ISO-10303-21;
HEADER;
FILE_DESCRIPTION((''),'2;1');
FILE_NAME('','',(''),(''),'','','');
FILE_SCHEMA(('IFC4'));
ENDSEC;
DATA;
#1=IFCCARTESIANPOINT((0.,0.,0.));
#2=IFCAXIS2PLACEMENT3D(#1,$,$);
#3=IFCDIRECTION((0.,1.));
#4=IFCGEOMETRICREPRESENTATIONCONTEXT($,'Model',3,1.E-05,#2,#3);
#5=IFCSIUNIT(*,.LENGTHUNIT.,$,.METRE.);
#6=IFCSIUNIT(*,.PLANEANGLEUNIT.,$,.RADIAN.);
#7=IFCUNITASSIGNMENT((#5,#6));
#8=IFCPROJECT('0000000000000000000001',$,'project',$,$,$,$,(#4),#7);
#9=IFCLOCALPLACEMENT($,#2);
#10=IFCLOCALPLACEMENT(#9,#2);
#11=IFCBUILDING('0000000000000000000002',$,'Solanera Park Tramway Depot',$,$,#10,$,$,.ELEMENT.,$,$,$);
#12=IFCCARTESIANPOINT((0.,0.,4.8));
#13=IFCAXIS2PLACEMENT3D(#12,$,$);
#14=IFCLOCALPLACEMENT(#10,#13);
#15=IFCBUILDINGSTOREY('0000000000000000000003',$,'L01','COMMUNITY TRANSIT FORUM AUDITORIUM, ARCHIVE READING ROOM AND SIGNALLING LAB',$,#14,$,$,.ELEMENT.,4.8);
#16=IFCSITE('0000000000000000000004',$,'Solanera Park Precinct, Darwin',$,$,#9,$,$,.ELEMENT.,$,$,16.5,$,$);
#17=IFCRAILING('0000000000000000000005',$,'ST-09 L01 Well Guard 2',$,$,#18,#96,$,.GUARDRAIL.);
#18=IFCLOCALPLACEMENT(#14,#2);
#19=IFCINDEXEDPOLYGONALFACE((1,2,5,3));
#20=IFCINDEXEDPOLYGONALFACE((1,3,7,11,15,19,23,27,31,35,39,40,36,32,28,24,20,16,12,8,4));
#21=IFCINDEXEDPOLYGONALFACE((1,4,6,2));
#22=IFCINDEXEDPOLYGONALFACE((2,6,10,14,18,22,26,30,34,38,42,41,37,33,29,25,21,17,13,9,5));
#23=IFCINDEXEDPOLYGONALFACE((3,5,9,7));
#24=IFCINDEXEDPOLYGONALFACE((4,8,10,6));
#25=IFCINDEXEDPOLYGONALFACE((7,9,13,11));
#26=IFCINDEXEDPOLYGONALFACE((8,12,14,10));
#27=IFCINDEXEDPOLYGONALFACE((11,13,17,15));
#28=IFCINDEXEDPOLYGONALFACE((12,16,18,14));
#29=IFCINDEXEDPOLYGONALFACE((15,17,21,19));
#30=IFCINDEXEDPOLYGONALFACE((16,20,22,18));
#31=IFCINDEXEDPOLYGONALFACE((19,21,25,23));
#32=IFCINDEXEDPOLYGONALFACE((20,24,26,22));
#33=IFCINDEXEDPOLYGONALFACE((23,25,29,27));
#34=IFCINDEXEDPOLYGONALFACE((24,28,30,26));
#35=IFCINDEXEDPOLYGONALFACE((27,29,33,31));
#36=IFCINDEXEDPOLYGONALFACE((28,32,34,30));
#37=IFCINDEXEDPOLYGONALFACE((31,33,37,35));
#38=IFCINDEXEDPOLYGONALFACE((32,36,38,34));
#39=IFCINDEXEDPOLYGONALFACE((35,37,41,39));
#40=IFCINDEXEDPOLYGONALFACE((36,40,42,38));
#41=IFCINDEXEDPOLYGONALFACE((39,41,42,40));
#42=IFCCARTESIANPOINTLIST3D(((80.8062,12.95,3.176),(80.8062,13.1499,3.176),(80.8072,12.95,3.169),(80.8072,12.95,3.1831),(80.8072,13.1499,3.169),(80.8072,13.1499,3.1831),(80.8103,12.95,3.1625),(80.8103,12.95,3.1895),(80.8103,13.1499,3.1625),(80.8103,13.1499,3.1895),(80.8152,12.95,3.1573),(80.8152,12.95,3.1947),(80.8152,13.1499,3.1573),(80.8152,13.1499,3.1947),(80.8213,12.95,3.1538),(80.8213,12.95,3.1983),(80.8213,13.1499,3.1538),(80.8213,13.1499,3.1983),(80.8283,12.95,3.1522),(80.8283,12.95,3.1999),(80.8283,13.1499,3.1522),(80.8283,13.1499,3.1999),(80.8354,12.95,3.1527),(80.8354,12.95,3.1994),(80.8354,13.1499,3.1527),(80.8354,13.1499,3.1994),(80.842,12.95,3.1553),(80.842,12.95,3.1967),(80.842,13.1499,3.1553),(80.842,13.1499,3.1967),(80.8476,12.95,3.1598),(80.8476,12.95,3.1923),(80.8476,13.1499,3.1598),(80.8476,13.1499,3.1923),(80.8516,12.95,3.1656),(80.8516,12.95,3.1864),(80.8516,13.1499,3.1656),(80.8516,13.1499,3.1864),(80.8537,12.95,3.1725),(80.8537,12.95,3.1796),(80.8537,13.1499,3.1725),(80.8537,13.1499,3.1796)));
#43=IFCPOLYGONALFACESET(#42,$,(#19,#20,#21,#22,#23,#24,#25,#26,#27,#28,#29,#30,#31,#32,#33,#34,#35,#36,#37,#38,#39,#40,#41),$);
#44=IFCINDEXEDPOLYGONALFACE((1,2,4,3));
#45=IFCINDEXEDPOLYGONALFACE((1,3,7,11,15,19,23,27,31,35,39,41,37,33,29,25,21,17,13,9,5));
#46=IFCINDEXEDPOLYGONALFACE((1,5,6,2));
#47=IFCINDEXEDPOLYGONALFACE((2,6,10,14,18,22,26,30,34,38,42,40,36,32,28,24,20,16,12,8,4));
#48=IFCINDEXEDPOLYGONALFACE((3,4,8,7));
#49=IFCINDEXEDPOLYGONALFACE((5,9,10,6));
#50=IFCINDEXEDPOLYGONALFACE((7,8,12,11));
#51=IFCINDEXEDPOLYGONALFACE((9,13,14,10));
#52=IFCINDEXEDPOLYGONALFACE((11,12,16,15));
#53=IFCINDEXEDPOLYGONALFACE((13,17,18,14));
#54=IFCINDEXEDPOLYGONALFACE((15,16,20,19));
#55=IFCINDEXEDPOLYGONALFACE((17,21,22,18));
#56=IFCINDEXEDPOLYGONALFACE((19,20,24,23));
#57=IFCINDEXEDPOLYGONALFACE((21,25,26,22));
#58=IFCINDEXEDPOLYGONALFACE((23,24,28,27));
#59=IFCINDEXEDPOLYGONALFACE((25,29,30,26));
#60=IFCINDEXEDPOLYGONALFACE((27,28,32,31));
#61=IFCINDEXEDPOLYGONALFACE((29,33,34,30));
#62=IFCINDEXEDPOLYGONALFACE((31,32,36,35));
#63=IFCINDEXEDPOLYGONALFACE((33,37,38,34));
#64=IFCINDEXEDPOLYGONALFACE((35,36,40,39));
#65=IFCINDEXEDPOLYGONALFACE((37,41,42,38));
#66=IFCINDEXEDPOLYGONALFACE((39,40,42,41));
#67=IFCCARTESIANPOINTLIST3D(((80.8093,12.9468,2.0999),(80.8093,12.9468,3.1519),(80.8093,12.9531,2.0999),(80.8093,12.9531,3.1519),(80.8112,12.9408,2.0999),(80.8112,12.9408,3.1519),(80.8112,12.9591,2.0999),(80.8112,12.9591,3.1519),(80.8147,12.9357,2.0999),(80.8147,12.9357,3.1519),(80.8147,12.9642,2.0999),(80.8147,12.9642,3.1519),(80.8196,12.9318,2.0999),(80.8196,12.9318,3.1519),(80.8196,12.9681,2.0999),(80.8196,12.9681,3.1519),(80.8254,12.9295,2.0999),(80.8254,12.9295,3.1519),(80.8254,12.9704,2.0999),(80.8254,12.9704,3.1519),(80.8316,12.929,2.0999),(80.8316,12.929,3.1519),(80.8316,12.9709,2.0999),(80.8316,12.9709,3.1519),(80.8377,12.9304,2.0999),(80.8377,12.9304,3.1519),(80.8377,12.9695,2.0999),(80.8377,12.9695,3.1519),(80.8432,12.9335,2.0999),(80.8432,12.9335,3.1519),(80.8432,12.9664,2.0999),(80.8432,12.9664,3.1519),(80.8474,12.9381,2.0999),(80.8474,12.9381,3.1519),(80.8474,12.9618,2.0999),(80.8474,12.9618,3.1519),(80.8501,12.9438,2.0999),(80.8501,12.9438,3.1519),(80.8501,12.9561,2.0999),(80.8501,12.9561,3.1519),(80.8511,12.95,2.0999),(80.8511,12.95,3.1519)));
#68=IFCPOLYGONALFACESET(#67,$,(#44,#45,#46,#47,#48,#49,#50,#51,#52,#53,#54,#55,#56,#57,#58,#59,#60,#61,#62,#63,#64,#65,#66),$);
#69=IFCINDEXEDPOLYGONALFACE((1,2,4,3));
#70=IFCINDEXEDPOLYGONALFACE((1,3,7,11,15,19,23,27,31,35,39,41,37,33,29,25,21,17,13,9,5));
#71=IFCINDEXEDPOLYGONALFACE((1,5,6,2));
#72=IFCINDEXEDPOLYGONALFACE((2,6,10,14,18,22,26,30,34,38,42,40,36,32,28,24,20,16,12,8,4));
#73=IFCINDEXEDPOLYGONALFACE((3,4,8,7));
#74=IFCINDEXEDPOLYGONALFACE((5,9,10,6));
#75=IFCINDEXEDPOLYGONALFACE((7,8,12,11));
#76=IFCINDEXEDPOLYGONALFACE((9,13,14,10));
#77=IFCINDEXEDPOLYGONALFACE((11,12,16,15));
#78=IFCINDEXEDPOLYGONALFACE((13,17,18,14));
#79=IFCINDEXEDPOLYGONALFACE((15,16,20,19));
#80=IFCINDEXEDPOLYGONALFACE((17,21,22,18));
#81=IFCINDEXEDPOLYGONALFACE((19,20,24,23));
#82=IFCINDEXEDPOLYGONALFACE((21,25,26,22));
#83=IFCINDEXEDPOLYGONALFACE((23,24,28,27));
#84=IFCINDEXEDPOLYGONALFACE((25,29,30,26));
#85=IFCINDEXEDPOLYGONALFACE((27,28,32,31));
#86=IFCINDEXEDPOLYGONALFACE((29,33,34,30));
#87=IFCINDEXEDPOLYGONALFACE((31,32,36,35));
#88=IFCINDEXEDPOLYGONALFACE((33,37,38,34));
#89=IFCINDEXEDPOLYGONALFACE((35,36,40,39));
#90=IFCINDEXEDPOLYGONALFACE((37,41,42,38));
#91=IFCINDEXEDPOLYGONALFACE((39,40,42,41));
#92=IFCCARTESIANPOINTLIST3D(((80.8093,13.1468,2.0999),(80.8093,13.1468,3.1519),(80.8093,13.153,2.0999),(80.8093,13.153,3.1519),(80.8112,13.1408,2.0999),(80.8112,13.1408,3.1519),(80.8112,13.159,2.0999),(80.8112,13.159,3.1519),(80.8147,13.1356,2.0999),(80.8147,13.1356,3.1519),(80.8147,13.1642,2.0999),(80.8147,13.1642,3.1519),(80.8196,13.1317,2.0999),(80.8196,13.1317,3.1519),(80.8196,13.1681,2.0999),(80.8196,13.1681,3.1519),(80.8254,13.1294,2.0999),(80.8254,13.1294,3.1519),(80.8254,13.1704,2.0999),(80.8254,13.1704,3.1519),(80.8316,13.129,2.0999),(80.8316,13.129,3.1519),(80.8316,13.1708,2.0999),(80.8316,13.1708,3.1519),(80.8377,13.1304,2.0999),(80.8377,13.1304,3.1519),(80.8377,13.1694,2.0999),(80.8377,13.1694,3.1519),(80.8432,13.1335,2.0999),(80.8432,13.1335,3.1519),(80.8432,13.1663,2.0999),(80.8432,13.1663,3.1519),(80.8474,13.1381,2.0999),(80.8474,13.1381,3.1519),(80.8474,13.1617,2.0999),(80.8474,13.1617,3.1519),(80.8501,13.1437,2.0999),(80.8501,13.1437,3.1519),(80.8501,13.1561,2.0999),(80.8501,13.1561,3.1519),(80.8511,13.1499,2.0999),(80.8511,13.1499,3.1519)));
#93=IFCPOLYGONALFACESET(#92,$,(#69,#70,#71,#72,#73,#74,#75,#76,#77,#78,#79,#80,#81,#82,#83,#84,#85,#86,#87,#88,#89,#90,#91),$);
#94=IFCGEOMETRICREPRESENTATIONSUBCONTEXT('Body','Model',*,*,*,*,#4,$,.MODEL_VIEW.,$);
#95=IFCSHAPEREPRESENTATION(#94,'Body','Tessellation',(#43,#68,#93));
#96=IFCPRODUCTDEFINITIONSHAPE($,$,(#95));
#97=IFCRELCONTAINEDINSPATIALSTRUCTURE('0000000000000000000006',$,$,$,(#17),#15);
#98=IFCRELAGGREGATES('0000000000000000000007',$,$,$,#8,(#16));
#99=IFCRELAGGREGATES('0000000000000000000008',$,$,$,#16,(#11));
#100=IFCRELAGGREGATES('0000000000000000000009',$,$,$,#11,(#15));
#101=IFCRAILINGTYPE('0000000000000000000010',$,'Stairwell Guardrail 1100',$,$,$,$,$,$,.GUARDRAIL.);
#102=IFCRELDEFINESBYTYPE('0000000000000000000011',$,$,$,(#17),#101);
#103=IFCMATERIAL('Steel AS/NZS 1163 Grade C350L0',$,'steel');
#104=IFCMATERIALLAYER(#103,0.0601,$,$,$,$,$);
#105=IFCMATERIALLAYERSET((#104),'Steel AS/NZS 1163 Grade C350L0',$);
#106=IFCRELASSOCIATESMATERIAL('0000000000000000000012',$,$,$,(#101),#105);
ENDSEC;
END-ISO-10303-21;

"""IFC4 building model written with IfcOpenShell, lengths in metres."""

from ifc_helpers import new_model, si_unit, direction, frame, origin, origin_2d, place, context, subcontext, project, spatial, circle, extrude, material, layer, layer_set, type_object, element, save


model = new_model("IFC4")

# Units and contexts
model_context = context("Model", 3, precision=1e-05, world=origin(), true_north=direction((0.0, 1.0)))
body_context = subcontext(model_context, "Body", "Model", "MODEL_VIEW")
ifc_project = project(units=[si_unit("LENGTHUNIT", "METRE"), si_unit("PLANEANGLEUNIT", "RADIAN")], contexts=[model_context])

# Site, building, storey
site_placement = place(None, origin())
site = spatial("IfcSite", under=ifc_project, at=site_placement, Name="Solanera Park Precinct, Darwin", CompositionType="ELEMENT", RefElevation=16.5)
building_placement = place(site_placement, origin())
building = spatial("IfcBuilding", under=site, at=building_placement, Name="Solanera Park Tramway Depot", CompositionType="ELEMENT")
storey_placement = place(building_placement, frame((0.0, 0.0, 4.8)))
storey = spatial("IfcBuildingStorey", under=building, at=storey_placement, Name="L01", Description="COMMUNITY TRANSIT FORUM AUDITORIUM, ARCHIVE READING ROOM AND SIGNALLING LAB", CompositionType="ELEMENT", Elevation=4.8)

# Railing
ifc_material_1 = material(Name="Steel AS/NZS 1163 Grade C350L0", Category="steel")
ifc_layer_1 = layer(ifc_material_1, 0.0601)
ifc_layer_set_1 = layer_set([ifc_layer_1], Name="Steel AS/NZS 1163 Grade C350L0")
railing_type_1 = type_object("IfcRailingType", Name="Stairwell Guardrail 1100", PredefinedType="GUARDRAIL", material=ifc_layer_set_1)
railing_1_placement = place(storey_placement, frame((80.8301, 12.95, 2.0999)))
element("IfcRailing", 1, at=railing_1_placement, inside=storey, type_object=railing_type_1, Name="ST-09 L01 Well Guard 2", PredefinedType="GUARDRAIL", context=body_context, shape_type="SweptSolid", body=[
    extrude(circle(Radius=0.0239, at=origin_2d()), frame((0.0, 0.0, 1.0762), z_axis=(0.0, 1.0, 0.0), x_axis=(-1.0, 0.0, 0.0)), (0.0, 0.0, 1.0), 0.2),
    extrude(circle(Radius=0.021, at=origin_2d()), origin(), (0.0, 0.0, 1.0), 1.052),
    extrude(circle(Radius=0.021, at=origin_2d()), frame((0.0, 0.2, 0.0)), (0.0, 0.0, 1.0), 1.052),
])

save(model, "model.ifc")
